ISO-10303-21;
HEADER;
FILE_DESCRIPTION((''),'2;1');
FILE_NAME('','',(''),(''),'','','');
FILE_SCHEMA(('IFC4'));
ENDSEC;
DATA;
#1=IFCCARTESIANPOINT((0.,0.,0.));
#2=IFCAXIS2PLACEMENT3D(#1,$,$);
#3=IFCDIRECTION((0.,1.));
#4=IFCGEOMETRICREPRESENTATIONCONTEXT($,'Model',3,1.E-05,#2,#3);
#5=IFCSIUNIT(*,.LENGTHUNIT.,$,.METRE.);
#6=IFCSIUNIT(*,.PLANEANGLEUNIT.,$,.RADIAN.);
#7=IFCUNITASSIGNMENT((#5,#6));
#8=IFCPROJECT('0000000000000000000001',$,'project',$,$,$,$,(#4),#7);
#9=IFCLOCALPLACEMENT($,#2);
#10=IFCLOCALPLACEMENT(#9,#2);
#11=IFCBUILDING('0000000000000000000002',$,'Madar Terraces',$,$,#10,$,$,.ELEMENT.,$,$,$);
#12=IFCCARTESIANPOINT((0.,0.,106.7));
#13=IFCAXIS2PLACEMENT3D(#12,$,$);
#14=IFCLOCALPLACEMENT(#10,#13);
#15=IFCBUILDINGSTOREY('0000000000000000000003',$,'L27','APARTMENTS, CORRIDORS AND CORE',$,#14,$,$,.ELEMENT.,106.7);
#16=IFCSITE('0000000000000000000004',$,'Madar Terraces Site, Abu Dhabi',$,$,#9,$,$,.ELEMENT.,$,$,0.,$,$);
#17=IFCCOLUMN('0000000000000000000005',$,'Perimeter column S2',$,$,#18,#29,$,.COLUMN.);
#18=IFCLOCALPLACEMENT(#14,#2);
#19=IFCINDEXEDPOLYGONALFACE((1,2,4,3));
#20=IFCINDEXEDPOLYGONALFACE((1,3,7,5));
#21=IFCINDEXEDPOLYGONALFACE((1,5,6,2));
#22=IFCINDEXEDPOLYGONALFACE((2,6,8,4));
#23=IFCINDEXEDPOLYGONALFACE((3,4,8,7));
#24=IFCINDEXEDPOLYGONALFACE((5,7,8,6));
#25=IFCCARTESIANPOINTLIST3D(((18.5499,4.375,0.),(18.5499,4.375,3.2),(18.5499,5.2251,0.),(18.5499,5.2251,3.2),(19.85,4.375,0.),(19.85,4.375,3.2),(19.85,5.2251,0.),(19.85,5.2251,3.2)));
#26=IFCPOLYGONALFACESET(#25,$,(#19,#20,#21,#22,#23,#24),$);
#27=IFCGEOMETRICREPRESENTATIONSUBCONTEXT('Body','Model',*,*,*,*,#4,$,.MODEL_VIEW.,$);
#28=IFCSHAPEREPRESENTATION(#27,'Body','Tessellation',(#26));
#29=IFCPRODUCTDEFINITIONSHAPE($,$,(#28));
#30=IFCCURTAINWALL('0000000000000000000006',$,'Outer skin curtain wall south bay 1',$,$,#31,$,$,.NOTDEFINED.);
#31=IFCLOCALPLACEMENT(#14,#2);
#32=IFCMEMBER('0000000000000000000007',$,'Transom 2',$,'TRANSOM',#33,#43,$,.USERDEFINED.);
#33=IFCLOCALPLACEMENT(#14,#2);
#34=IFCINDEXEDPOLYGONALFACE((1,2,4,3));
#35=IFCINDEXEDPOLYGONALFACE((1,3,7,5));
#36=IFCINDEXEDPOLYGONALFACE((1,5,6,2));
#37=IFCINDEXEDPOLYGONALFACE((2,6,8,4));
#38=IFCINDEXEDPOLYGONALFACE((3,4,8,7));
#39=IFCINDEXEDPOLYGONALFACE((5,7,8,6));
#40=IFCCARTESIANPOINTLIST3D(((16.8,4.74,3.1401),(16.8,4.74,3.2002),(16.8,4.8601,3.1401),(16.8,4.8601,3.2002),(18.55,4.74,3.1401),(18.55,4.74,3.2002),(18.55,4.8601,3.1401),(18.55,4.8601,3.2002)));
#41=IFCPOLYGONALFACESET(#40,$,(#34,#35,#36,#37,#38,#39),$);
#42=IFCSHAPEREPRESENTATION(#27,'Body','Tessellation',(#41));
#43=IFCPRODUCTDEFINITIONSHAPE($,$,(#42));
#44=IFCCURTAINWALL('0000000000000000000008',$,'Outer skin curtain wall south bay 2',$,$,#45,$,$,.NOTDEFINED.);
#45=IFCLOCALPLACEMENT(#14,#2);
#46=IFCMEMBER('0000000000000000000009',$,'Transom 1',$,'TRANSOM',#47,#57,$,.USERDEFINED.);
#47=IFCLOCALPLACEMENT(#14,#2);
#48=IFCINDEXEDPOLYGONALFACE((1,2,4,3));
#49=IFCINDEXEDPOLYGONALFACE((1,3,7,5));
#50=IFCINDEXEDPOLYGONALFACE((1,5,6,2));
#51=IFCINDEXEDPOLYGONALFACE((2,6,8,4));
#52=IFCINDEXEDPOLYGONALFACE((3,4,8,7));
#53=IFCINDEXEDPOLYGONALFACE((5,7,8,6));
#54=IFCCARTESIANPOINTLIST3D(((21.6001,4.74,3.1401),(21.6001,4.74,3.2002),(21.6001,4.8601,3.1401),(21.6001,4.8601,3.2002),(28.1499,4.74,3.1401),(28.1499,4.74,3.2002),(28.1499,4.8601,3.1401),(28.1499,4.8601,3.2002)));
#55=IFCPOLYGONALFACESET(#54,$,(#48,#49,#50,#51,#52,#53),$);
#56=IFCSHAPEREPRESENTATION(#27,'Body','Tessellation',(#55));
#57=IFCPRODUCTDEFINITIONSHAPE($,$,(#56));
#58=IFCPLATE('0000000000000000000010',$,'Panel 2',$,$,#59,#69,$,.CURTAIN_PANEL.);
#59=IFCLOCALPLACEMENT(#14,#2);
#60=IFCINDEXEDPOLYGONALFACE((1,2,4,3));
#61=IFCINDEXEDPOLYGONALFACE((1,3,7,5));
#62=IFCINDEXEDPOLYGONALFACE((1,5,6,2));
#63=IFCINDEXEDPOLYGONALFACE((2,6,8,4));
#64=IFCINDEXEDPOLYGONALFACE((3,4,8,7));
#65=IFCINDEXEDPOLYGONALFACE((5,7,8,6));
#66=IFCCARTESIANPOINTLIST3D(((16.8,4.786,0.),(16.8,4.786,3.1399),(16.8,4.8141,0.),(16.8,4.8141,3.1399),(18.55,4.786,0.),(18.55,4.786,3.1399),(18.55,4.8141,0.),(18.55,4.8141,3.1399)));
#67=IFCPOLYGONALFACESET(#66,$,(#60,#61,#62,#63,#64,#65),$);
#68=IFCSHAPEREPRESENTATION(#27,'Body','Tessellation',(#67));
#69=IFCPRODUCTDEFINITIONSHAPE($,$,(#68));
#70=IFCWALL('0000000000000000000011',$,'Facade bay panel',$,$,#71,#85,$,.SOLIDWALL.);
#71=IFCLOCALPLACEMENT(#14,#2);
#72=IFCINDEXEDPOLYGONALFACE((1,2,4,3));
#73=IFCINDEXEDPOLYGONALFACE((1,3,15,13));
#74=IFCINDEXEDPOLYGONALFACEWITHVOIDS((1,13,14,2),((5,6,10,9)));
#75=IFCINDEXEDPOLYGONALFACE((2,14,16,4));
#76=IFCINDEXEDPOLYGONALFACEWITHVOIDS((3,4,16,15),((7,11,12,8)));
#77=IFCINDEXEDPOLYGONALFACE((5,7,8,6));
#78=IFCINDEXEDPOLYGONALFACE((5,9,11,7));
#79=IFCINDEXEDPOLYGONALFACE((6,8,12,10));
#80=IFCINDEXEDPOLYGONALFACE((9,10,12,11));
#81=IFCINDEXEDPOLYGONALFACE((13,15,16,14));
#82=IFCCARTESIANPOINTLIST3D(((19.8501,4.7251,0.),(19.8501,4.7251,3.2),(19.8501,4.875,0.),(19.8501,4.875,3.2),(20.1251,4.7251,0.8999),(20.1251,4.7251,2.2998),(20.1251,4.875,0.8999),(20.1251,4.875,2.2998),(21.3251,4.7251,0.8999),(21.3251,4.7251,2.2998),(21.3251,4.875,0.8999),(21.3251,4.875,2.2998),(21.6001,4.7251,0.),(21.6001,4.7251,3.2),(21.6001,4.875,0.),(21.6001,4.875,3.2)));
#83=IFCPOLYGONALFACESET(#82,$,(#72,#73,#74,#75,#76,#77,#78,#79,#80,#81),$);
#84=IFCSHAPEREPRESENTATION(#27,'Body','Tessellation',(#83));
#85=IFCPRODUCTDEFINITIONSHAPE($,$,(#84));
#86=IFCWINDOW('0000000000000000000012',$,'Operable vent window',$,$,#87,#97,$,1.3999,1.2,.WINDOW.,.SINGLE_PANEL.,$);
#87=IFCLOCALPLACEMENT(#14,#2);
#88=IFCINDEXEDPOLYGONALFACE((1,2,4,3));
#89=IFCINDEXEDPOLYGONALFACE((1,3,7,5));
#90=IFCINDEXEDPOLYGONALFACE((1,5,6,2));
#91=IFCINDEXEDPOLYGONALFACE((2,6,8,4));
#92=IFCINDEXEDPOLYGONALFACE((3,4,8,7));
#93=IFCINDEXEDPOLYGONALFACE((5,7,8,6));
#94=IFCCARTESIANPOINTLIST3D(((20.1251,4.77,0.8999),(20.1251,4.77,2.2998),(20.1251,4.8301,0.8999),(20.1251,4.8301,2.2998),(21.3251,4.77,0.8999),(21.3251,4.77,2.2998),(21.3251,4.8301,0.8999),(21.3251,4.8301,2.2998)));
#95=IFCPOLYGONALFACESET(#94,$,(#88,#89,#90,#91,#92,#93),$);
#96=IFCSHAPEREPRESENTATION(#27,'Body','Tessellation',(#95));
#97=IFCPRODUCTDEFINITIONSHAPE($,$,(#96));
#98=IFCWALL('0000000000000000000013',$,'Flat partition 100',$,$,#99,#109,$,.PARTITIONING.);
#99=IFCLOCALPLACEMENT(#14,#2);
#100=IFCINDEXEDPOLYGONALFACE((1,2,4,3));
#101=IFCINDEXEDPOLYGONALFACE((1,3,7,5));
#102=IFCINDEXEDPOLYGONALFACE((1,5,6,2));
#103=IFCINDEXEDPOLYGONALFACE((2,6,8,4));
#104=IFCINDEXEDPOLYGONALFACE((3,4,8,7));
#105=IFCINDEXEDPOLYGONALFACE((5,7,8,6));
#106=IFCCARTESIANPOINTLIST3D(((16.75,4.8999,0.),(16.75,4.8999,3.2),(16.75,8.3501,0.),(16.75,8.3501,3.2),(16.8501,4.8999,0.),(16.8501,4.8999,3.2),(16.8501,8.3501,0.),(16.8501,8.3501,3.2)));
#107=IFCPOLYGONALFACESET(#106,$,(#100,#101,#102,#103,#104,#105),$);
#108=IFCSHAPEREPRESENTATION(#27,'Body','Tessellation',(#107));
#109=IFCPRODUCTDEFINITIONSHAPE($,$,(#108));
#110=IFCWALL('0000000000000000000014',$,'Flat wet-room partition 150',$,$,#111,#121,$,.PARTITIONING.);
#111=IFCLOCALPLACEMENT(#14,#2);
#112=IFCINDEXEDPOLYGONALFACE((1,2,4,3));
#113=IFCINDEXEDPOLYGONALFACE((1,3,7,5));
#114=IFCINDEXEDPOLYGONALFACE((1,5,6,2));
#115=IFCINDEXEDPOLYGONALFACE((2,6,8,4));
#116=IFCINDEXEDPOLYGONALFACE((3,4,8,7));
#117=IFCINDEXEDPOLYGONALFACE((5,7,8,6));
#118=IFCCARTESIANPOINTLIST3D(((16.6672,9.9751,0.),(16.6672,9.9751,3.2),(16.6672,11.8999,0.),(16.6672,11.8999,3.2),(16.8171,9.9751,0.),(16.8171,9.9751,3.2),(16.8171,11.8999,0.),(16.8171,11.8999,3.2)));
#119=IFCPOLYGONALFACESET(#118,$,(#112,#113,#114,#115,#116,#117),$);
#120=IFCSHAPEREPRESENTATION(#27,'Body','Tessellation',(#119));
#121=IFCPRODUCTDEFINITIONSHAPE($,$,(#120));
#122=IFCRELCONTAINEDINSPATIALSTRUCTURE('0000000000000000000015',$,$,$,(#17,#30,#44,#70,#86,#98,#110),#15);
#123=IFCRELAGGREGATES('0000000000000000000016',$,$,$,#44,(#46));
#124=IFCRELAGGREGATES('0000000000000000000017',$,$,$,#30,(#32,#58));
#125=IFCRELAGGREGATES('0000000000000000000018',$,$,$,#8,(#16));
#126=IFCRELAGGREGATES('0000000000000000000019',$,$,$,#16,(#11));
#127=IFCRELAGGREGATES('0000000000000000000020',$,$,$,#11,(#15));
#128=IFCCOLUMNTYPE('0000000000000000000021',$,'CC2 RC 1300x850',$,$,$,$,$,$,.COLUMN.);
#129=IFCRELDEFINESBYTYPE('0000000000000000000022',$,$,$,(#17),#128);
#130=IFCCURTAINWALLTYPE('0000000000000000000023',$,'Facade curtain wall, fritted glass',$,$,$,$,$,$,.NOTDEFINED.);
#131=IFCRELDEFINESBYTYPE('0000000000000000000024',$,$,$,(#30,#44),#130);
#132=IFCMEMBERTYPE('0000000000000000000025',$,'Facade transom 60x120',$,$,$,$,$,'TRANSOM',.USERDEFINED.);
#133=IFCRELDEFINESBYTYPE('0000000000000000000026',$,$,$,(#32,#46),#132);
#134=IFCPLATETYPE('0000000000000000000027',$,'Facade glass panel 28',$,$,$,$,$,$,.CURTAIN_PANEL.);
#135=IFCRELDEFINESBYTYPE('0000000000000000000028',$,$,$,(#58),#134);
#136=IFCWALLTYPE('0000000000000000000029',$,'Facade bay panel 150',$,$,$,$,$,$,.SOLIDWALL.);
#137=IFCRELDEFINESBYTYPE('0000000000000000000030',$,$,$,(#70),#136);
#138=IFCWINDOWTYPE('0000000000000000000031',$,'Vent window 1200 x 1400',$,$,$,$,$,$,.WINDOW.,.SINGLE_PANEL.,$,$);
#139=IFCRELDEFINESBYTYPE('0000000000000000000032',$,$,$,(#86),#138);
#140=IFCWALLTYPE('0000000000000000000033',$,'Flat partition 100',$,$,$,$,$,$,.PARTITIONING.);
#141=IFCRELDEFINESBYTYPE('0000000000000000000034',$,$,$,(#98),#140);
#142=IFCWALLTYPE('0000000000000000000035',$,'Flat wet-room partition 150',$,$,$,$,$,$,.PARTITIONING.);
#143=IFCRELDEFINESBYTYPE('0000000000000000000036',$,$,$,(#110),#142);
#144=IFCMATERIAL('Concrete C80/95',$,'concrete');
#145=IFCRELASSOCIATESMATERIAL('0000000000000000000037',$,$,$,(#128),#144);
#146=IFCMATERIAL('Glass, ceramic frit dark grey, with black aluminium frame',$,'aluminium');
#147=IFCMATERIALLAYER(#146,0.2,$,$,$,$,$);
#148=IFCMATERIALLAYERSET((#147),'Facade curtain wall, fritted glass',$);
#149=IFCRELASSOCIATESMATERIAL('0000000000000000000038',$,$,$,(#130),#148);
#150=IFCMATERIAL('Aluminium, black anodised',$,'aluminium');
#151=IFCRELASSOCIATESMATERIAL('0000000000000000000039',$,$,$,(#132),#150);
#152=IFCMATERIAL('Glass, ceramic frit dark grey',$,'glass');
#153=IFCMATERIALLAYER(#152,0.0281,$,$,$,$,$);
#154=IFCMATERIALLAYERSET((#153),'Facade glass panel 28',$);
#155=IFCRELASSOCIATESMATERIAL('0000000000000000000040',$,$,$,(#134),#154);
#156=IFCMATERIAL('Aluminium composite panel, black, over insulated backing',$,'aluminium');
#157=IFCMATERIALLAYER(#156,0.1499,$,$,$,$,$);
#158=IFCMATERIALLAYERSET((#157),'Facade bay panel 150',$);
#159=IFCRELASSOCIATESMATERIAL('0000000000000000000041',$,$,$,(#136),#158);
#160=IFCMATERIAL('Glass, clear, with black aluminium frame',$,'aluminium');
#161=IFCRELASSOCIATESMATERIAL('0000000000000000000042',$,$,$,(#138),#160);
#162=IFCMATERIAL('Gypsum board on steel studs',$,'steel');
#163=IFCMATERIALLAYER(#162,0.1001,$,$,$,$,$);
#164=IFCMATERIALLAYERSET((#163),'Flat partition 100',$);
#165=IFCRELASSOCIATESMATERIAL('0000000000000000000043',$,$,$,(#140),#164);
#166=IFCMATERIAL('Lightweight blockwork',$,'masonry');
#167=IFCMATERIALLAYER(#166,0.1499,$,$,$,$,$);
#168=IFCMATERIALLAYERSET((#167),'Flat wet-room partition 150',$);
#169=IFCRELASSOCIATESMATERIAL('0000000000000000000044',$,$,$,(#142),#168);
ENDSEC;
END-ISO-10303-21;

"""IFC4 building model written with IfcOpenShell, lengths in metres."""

from ifc_helpers import new_model, si_unit, direction, frame, frame_2d, origin, origin_2d, place, context, subcontext, project, spatial, rectangle, extrude, material, layer, layer_set, material_profile, profile_set, type_object, element, fill, aggregate, save


model = new_model("IFC4")

# Units and contexts
model_context = context("Model", 3, precision=1e-05, world=origin(), true_north=direction((0.0, 1.0)))
body_context = subcontext(model_context, "Body", "Model", "MODEL_VIEW")
ifc_project = project(units=[si_unit("LENGTHUNIT", "METRE"), si_unit("PLANEANGLEUNIT", "RADIAN")], contexts=[model_context])

# Site, building, storey
site_placement = place(None, origin())
site = spatial("IfcSite", under=ifc_project, at=site_placement, Name="Madar Terraces Site, Abu Dhabi", CompositionType="ELEMENT", RefElevation=0.0)
building_placement = place(site_placement, origin())
building = spatial("IfcBuilding", under=site, at=building_placement, Name="Madar Terraces", CompositionType="ELEMENT")
storey_placement = place(building_placement, frame((0.0, 0.0, 106.7)))
storey = spatial("IfcBuildingStorey", under=building, at=storey_placement, Name="L27", Description="APARTMENTS, CORRIDORS AND CORE", CompositionType="ELEMENT", Elevation=106.7)

# Column
ifc_material_1 = material(Name="Concrete C80/95", Category="concrete")
ifc_material_profile_1 = material_profile(ifc_material_1, rectangle(XDim=1.3, YDim=0.8501, at=origin_2d()), Name="CC2 RC 1300x850")
ifc_profile_set_1 = profile_set([ifc_material_profile_1], Name="Concrete C80/95")
column_type = type_object("IfcColumnType", Name="CC2 RC 1300x850", PredefinedType="COLUMN", material=ifc_profile_set_1)
column_placement = place(storey_placement, frame((19.2, 4.8, 0.0), z_axis=(0.0, 0.0, 1.0), x_axis=(1.0, 0.0, 0.0)))
element("IfcColumn", 1, at=column_placement, inside=storey, type_object=column_type, Name="Perimeter column S2", PredefinedType="COLUMN", context=body_context, shape_type="SweptSolid", body=[
    extrude(rectangle(XDim=1.3, YDim=0.8501, at=origin_2d()), origin(), (0.0, 0.0, 1.0), 3.2),
])

# Curtain walls, members
ifc_material_2 = material(Name="Glass, ceramic frit dark grey, with black aluminium frame", Category="aluminium")
ifc_layer_1 = layer(ifc_material_2, 0.2)
ifc_layer_set_1 = layer_set([ifc_layer_1], Name="Facade curtain wall, fritted glass")
curtain_wall_type = type_object("IfcCurtainWallType", Name="Facade curtain wall, fritted glass", PredefinedType="NOTDEFINED", material=ifc_layer_set_1)
curtain_wall_1_placement = place(storey_placement, origin())
curtain_wall_1 = element("IfcCurtainWall", 2, at=curtain_wall_1_placement, inside=storey, type_object=curtain_wall_type, Name="Outer skin curtain wall south bay 1", PredefinedType="NOTDEFINED")
ifc_material_3 = material(Name="Aluminium, black anodised", Category="aluminium")
ifc_material_profile_2 = material_profile(ifc_material_3, rectangle(XDim=0.1201, YDim=0.0601, at=origin_2d()), Name="Facade transom 60x120")
ifc_profile_set_2 = profile_set([ifc_material_profile_2], Name="Aluminium, black anodised")
member_type = type_object("IfcMemberType", Name="Facade transom 60x120", ElementType="TRANSOM", PredefinedType="USERDEFINED", material=ifc_profile_set_2)
member_1_placement = place(storey_placement, frame((16.8, 4.8, 3.1702), z_axis=(1.0, 0.0, 0.0), x_axis=(0.0, 1.0, 0.0)))
member_1 = element("IfcMember", 3, at=member_1_placement, type_object=member_type, Name="Transom 2", ObjectType="TRANSOM", PredefinedType="USERDEFINED", context=body_context, shape_type="SweptSolid", body=[
    extrude(rectangle(XDim=0.1201, YDim=0.0601, at=origin_2d()), origin(), (0.0, 0.0, 1.0), 1.75),
])
curtain_wall_2_placement = place(storey_placement, origin())
curtain_wall_2 = element("IfcCurtainWall", 4, at=curtain_wall_2_placement, inside=storey, type_object=curtain_wall_type, Name="Outer skin curtain wall south bay 2", PredefinedType="NOTDEFINED")
member_2_placement = place(storey_placement, frame((21.6001, 4.8, 3.1702), z_axis=(1.0, 0.0, 0.0), x_axis=(0.0, 1.0, 0.0)))
member_2 = element("IfcMember", 5, at=member_2_placement, type_object=member_type, Name="Transom 1", ObjectType="TRANSOM", PredefinedType="USERDEFINED", context=body_context, shape_type="SweptSolid", body=[
    extrude(rectangle(XDim=0.1201, YDim=0.0601, at=origin_2d()), origin(), (0.0, 0.0, 1.0), 6.5498),
])
aggregate(curtain_wall_2, [member_2])

# Plate
ifc_material_4 = material(Name="Glass, ceramic frit dark grey", Category="glass")
ifc_layer_2 = layer(ifc_material_4, 0.0281)
ifc_layer_set_2 = layer_set([ifc_layer_2], Name="Facade glass panel 28")
plate_type = type_object("IfcPlateType", Name="Facade glass panel 28", PredefinedType="CURTAIN_PANEL", material=ifc_layer_set_2)
plate_placement = place(storey_placement, frame((17.675, 4.8, 0.0), z_axis=(0.0, 0.0, 1.0), x_axis=(1.0, 0.0, 0.0)))
plate = element("IfcPlate", 6, at=plate_placement, type_object=plate_type, Name="Panel 2", PredefinedType="CURTAIN_PANEL", context=body_context, shape_type="SweptSolid", body=[
    extrude(rectangle(XDim=1.75, YDim=0.0281, at=origin_2d()), origin(), (0.0, 0.0, 1.0), 3.1399),
])
aggregate(curtain_wall_1, [member_1, plate])

# Shared definitions
ifc_material_5 = material(Name="Aluminium composite panel, black, over insulated backing", Category="aluminium")
ifc_layer_3 = layer(ifc_material_5, 0.1499)
ifc_layer_set_3 = layer_set([ifc_layer_3], Name="Facade bay panel 150")
wall_type_1 = type_object("IfcWallType", Name="Facade bay panel 150", PredefinedType="SOLIDWALL", material=ifc_layer_set_3)

# Wall, opening, window
wall_1_placement = place(storey_placement, frame((19.8501, 4.8, 0.0), z_axis=(0.0, 0.0, 1.0), x_axis=(1.0, 0.0, 0.0)))
wall_1 = element("IfcWall", 7, at=wall_1_placement, inside=storey, type_object=wall_type_1, Name="Facade bay panel", PredefinedType="SOLIDWALL", context=body_context, shape_type="SweptSolid", body=[
    extrude(rectangle(XDim=1.75, YDim=0.1499, at=frame_2d((0.875, 0.0))), origin(), (0.0, 0.0, 1.0), 3.2),
])
opening_1_placement = place(wall_1_placement, frame((0.2749, 0.0, 0.8999)))
opening_1 = element("IfcOpeningElement", 8, at=opening_1_placement, cuts=wall_1, PredefinedType="OPENING", context=body_context, shape_type="SweptSolid", body=[
    extrude(rectangle(XDim=1.2, YDim=1.3999, at=frame_2d((0.6001, 0.7))), frame((0.0, 0.085, 0.0), z_axis=(0.0, -1.0, 0.0), x_axis=(1.0, 0.0, 0.0)), (0.0, 0.0, 1.0), 0.1699),
])
ifc_material_6 = material(Name="Glass, clear, with black aluminium frame", Category="aluminium")
window_type = type_object("IfcWindowType", Name="Vent window 1200 x 1400", PartitioningType="SINGLE_PANEL", PredefinedType="WINDOW", material=ifc_material_6)
window_placement = place(opening_1_placement, origin())
window = element("IfcWindow", 9, at=window_placement, inside=storey, type_object=window_type, Name="Operable vent window", OverallHeight=1.3999, OverallWidth=1.2, PartitioningType="SINGLE_PANEL", PredefinedType="WINDOW", context=body_context, shape_type="SweptSolid", body=[
    extrude(rectangle(XDim=1.2, YDim=1.3999, at=frame_2d((0.6001, 0.7))), frame((0.0, 0.03, 0.0), z_axis=(0.0, -1.0, 0.0), x_axis=(1.0, 0.0, 0.0)), (0.0, 0.0, 1.0), 0.0601),
])
fill(opening_1, window)

# Walls
ifc_material_7 = material(Name="Gypsum board on steel studs", Category="steel")
ifc_layer_4 = layer(ifc_material_7, 0.1001)
ifc_layer_set_4 = layer_set([ifc_layer_4], Name="Flat partition 100")
wall_type_2 = type_object("IfcWallType", Name="Flat partition 100", PredefinedType="PARTITIONING", material=ifc_layer_set_4)
wall_2_placement = place(storey_placement, frame((16.8, 8.3501, 0.0), z_axis=(0.0, 0.0, 1.0), x_axis=(0.0, -1.0, 0.0)))
element("IfcWall", 10, at=wall_2_placement, inside=storey, type_object=wall_type_2, Name="Flat partition 100", PredefinedType="PARTITIONING", context=body_context, shape_type="SweptSolid", body=[
    extrude(rectangle(XDim=3.4502, YDim=0.1001, at=frame_2d((1.7251, 0.0))), origin(), (0.0, 0.0, 1.0), 3.2),
])
ifc_material_8 = material(Name="Lightweight blockwork", Category="masonry")
ifc_layer_5 = layer(ifc_material_8, 0.1499)
ifc_layer_set_5 = layer_set([ifc_layer_5], Name="Flat wet-room partition 150")
wall_type_3 = type_object("IfcWallType", Name="Flat wet-room partition 150", PredefinedType="PARTITIONING", material=ifc_layer_set_5)
wall_3_placement = place(storey_placement, frame((16.7422, 11.8999, 0.0), z_axis=(0.0, 0.0, 1.0), x_axis=(0.0, -1.0, 0.0)))
element("IfcWall", 11, at=wall_3_placement, inside=storey, type_object=wall_type_3, Name="Flat wet-room partition 150", PredefinedType="PARTITIONING", context=body_context, shape_type="SweptSolid", body=[
    extrude(rectangle(XDim=1.9248, YDim=0.1499, at=frame_2d((0.9624, 0.0))), origin(), (0.0, 0.0, 1.0), 3.2),
])

save(model, "model.ifc")
